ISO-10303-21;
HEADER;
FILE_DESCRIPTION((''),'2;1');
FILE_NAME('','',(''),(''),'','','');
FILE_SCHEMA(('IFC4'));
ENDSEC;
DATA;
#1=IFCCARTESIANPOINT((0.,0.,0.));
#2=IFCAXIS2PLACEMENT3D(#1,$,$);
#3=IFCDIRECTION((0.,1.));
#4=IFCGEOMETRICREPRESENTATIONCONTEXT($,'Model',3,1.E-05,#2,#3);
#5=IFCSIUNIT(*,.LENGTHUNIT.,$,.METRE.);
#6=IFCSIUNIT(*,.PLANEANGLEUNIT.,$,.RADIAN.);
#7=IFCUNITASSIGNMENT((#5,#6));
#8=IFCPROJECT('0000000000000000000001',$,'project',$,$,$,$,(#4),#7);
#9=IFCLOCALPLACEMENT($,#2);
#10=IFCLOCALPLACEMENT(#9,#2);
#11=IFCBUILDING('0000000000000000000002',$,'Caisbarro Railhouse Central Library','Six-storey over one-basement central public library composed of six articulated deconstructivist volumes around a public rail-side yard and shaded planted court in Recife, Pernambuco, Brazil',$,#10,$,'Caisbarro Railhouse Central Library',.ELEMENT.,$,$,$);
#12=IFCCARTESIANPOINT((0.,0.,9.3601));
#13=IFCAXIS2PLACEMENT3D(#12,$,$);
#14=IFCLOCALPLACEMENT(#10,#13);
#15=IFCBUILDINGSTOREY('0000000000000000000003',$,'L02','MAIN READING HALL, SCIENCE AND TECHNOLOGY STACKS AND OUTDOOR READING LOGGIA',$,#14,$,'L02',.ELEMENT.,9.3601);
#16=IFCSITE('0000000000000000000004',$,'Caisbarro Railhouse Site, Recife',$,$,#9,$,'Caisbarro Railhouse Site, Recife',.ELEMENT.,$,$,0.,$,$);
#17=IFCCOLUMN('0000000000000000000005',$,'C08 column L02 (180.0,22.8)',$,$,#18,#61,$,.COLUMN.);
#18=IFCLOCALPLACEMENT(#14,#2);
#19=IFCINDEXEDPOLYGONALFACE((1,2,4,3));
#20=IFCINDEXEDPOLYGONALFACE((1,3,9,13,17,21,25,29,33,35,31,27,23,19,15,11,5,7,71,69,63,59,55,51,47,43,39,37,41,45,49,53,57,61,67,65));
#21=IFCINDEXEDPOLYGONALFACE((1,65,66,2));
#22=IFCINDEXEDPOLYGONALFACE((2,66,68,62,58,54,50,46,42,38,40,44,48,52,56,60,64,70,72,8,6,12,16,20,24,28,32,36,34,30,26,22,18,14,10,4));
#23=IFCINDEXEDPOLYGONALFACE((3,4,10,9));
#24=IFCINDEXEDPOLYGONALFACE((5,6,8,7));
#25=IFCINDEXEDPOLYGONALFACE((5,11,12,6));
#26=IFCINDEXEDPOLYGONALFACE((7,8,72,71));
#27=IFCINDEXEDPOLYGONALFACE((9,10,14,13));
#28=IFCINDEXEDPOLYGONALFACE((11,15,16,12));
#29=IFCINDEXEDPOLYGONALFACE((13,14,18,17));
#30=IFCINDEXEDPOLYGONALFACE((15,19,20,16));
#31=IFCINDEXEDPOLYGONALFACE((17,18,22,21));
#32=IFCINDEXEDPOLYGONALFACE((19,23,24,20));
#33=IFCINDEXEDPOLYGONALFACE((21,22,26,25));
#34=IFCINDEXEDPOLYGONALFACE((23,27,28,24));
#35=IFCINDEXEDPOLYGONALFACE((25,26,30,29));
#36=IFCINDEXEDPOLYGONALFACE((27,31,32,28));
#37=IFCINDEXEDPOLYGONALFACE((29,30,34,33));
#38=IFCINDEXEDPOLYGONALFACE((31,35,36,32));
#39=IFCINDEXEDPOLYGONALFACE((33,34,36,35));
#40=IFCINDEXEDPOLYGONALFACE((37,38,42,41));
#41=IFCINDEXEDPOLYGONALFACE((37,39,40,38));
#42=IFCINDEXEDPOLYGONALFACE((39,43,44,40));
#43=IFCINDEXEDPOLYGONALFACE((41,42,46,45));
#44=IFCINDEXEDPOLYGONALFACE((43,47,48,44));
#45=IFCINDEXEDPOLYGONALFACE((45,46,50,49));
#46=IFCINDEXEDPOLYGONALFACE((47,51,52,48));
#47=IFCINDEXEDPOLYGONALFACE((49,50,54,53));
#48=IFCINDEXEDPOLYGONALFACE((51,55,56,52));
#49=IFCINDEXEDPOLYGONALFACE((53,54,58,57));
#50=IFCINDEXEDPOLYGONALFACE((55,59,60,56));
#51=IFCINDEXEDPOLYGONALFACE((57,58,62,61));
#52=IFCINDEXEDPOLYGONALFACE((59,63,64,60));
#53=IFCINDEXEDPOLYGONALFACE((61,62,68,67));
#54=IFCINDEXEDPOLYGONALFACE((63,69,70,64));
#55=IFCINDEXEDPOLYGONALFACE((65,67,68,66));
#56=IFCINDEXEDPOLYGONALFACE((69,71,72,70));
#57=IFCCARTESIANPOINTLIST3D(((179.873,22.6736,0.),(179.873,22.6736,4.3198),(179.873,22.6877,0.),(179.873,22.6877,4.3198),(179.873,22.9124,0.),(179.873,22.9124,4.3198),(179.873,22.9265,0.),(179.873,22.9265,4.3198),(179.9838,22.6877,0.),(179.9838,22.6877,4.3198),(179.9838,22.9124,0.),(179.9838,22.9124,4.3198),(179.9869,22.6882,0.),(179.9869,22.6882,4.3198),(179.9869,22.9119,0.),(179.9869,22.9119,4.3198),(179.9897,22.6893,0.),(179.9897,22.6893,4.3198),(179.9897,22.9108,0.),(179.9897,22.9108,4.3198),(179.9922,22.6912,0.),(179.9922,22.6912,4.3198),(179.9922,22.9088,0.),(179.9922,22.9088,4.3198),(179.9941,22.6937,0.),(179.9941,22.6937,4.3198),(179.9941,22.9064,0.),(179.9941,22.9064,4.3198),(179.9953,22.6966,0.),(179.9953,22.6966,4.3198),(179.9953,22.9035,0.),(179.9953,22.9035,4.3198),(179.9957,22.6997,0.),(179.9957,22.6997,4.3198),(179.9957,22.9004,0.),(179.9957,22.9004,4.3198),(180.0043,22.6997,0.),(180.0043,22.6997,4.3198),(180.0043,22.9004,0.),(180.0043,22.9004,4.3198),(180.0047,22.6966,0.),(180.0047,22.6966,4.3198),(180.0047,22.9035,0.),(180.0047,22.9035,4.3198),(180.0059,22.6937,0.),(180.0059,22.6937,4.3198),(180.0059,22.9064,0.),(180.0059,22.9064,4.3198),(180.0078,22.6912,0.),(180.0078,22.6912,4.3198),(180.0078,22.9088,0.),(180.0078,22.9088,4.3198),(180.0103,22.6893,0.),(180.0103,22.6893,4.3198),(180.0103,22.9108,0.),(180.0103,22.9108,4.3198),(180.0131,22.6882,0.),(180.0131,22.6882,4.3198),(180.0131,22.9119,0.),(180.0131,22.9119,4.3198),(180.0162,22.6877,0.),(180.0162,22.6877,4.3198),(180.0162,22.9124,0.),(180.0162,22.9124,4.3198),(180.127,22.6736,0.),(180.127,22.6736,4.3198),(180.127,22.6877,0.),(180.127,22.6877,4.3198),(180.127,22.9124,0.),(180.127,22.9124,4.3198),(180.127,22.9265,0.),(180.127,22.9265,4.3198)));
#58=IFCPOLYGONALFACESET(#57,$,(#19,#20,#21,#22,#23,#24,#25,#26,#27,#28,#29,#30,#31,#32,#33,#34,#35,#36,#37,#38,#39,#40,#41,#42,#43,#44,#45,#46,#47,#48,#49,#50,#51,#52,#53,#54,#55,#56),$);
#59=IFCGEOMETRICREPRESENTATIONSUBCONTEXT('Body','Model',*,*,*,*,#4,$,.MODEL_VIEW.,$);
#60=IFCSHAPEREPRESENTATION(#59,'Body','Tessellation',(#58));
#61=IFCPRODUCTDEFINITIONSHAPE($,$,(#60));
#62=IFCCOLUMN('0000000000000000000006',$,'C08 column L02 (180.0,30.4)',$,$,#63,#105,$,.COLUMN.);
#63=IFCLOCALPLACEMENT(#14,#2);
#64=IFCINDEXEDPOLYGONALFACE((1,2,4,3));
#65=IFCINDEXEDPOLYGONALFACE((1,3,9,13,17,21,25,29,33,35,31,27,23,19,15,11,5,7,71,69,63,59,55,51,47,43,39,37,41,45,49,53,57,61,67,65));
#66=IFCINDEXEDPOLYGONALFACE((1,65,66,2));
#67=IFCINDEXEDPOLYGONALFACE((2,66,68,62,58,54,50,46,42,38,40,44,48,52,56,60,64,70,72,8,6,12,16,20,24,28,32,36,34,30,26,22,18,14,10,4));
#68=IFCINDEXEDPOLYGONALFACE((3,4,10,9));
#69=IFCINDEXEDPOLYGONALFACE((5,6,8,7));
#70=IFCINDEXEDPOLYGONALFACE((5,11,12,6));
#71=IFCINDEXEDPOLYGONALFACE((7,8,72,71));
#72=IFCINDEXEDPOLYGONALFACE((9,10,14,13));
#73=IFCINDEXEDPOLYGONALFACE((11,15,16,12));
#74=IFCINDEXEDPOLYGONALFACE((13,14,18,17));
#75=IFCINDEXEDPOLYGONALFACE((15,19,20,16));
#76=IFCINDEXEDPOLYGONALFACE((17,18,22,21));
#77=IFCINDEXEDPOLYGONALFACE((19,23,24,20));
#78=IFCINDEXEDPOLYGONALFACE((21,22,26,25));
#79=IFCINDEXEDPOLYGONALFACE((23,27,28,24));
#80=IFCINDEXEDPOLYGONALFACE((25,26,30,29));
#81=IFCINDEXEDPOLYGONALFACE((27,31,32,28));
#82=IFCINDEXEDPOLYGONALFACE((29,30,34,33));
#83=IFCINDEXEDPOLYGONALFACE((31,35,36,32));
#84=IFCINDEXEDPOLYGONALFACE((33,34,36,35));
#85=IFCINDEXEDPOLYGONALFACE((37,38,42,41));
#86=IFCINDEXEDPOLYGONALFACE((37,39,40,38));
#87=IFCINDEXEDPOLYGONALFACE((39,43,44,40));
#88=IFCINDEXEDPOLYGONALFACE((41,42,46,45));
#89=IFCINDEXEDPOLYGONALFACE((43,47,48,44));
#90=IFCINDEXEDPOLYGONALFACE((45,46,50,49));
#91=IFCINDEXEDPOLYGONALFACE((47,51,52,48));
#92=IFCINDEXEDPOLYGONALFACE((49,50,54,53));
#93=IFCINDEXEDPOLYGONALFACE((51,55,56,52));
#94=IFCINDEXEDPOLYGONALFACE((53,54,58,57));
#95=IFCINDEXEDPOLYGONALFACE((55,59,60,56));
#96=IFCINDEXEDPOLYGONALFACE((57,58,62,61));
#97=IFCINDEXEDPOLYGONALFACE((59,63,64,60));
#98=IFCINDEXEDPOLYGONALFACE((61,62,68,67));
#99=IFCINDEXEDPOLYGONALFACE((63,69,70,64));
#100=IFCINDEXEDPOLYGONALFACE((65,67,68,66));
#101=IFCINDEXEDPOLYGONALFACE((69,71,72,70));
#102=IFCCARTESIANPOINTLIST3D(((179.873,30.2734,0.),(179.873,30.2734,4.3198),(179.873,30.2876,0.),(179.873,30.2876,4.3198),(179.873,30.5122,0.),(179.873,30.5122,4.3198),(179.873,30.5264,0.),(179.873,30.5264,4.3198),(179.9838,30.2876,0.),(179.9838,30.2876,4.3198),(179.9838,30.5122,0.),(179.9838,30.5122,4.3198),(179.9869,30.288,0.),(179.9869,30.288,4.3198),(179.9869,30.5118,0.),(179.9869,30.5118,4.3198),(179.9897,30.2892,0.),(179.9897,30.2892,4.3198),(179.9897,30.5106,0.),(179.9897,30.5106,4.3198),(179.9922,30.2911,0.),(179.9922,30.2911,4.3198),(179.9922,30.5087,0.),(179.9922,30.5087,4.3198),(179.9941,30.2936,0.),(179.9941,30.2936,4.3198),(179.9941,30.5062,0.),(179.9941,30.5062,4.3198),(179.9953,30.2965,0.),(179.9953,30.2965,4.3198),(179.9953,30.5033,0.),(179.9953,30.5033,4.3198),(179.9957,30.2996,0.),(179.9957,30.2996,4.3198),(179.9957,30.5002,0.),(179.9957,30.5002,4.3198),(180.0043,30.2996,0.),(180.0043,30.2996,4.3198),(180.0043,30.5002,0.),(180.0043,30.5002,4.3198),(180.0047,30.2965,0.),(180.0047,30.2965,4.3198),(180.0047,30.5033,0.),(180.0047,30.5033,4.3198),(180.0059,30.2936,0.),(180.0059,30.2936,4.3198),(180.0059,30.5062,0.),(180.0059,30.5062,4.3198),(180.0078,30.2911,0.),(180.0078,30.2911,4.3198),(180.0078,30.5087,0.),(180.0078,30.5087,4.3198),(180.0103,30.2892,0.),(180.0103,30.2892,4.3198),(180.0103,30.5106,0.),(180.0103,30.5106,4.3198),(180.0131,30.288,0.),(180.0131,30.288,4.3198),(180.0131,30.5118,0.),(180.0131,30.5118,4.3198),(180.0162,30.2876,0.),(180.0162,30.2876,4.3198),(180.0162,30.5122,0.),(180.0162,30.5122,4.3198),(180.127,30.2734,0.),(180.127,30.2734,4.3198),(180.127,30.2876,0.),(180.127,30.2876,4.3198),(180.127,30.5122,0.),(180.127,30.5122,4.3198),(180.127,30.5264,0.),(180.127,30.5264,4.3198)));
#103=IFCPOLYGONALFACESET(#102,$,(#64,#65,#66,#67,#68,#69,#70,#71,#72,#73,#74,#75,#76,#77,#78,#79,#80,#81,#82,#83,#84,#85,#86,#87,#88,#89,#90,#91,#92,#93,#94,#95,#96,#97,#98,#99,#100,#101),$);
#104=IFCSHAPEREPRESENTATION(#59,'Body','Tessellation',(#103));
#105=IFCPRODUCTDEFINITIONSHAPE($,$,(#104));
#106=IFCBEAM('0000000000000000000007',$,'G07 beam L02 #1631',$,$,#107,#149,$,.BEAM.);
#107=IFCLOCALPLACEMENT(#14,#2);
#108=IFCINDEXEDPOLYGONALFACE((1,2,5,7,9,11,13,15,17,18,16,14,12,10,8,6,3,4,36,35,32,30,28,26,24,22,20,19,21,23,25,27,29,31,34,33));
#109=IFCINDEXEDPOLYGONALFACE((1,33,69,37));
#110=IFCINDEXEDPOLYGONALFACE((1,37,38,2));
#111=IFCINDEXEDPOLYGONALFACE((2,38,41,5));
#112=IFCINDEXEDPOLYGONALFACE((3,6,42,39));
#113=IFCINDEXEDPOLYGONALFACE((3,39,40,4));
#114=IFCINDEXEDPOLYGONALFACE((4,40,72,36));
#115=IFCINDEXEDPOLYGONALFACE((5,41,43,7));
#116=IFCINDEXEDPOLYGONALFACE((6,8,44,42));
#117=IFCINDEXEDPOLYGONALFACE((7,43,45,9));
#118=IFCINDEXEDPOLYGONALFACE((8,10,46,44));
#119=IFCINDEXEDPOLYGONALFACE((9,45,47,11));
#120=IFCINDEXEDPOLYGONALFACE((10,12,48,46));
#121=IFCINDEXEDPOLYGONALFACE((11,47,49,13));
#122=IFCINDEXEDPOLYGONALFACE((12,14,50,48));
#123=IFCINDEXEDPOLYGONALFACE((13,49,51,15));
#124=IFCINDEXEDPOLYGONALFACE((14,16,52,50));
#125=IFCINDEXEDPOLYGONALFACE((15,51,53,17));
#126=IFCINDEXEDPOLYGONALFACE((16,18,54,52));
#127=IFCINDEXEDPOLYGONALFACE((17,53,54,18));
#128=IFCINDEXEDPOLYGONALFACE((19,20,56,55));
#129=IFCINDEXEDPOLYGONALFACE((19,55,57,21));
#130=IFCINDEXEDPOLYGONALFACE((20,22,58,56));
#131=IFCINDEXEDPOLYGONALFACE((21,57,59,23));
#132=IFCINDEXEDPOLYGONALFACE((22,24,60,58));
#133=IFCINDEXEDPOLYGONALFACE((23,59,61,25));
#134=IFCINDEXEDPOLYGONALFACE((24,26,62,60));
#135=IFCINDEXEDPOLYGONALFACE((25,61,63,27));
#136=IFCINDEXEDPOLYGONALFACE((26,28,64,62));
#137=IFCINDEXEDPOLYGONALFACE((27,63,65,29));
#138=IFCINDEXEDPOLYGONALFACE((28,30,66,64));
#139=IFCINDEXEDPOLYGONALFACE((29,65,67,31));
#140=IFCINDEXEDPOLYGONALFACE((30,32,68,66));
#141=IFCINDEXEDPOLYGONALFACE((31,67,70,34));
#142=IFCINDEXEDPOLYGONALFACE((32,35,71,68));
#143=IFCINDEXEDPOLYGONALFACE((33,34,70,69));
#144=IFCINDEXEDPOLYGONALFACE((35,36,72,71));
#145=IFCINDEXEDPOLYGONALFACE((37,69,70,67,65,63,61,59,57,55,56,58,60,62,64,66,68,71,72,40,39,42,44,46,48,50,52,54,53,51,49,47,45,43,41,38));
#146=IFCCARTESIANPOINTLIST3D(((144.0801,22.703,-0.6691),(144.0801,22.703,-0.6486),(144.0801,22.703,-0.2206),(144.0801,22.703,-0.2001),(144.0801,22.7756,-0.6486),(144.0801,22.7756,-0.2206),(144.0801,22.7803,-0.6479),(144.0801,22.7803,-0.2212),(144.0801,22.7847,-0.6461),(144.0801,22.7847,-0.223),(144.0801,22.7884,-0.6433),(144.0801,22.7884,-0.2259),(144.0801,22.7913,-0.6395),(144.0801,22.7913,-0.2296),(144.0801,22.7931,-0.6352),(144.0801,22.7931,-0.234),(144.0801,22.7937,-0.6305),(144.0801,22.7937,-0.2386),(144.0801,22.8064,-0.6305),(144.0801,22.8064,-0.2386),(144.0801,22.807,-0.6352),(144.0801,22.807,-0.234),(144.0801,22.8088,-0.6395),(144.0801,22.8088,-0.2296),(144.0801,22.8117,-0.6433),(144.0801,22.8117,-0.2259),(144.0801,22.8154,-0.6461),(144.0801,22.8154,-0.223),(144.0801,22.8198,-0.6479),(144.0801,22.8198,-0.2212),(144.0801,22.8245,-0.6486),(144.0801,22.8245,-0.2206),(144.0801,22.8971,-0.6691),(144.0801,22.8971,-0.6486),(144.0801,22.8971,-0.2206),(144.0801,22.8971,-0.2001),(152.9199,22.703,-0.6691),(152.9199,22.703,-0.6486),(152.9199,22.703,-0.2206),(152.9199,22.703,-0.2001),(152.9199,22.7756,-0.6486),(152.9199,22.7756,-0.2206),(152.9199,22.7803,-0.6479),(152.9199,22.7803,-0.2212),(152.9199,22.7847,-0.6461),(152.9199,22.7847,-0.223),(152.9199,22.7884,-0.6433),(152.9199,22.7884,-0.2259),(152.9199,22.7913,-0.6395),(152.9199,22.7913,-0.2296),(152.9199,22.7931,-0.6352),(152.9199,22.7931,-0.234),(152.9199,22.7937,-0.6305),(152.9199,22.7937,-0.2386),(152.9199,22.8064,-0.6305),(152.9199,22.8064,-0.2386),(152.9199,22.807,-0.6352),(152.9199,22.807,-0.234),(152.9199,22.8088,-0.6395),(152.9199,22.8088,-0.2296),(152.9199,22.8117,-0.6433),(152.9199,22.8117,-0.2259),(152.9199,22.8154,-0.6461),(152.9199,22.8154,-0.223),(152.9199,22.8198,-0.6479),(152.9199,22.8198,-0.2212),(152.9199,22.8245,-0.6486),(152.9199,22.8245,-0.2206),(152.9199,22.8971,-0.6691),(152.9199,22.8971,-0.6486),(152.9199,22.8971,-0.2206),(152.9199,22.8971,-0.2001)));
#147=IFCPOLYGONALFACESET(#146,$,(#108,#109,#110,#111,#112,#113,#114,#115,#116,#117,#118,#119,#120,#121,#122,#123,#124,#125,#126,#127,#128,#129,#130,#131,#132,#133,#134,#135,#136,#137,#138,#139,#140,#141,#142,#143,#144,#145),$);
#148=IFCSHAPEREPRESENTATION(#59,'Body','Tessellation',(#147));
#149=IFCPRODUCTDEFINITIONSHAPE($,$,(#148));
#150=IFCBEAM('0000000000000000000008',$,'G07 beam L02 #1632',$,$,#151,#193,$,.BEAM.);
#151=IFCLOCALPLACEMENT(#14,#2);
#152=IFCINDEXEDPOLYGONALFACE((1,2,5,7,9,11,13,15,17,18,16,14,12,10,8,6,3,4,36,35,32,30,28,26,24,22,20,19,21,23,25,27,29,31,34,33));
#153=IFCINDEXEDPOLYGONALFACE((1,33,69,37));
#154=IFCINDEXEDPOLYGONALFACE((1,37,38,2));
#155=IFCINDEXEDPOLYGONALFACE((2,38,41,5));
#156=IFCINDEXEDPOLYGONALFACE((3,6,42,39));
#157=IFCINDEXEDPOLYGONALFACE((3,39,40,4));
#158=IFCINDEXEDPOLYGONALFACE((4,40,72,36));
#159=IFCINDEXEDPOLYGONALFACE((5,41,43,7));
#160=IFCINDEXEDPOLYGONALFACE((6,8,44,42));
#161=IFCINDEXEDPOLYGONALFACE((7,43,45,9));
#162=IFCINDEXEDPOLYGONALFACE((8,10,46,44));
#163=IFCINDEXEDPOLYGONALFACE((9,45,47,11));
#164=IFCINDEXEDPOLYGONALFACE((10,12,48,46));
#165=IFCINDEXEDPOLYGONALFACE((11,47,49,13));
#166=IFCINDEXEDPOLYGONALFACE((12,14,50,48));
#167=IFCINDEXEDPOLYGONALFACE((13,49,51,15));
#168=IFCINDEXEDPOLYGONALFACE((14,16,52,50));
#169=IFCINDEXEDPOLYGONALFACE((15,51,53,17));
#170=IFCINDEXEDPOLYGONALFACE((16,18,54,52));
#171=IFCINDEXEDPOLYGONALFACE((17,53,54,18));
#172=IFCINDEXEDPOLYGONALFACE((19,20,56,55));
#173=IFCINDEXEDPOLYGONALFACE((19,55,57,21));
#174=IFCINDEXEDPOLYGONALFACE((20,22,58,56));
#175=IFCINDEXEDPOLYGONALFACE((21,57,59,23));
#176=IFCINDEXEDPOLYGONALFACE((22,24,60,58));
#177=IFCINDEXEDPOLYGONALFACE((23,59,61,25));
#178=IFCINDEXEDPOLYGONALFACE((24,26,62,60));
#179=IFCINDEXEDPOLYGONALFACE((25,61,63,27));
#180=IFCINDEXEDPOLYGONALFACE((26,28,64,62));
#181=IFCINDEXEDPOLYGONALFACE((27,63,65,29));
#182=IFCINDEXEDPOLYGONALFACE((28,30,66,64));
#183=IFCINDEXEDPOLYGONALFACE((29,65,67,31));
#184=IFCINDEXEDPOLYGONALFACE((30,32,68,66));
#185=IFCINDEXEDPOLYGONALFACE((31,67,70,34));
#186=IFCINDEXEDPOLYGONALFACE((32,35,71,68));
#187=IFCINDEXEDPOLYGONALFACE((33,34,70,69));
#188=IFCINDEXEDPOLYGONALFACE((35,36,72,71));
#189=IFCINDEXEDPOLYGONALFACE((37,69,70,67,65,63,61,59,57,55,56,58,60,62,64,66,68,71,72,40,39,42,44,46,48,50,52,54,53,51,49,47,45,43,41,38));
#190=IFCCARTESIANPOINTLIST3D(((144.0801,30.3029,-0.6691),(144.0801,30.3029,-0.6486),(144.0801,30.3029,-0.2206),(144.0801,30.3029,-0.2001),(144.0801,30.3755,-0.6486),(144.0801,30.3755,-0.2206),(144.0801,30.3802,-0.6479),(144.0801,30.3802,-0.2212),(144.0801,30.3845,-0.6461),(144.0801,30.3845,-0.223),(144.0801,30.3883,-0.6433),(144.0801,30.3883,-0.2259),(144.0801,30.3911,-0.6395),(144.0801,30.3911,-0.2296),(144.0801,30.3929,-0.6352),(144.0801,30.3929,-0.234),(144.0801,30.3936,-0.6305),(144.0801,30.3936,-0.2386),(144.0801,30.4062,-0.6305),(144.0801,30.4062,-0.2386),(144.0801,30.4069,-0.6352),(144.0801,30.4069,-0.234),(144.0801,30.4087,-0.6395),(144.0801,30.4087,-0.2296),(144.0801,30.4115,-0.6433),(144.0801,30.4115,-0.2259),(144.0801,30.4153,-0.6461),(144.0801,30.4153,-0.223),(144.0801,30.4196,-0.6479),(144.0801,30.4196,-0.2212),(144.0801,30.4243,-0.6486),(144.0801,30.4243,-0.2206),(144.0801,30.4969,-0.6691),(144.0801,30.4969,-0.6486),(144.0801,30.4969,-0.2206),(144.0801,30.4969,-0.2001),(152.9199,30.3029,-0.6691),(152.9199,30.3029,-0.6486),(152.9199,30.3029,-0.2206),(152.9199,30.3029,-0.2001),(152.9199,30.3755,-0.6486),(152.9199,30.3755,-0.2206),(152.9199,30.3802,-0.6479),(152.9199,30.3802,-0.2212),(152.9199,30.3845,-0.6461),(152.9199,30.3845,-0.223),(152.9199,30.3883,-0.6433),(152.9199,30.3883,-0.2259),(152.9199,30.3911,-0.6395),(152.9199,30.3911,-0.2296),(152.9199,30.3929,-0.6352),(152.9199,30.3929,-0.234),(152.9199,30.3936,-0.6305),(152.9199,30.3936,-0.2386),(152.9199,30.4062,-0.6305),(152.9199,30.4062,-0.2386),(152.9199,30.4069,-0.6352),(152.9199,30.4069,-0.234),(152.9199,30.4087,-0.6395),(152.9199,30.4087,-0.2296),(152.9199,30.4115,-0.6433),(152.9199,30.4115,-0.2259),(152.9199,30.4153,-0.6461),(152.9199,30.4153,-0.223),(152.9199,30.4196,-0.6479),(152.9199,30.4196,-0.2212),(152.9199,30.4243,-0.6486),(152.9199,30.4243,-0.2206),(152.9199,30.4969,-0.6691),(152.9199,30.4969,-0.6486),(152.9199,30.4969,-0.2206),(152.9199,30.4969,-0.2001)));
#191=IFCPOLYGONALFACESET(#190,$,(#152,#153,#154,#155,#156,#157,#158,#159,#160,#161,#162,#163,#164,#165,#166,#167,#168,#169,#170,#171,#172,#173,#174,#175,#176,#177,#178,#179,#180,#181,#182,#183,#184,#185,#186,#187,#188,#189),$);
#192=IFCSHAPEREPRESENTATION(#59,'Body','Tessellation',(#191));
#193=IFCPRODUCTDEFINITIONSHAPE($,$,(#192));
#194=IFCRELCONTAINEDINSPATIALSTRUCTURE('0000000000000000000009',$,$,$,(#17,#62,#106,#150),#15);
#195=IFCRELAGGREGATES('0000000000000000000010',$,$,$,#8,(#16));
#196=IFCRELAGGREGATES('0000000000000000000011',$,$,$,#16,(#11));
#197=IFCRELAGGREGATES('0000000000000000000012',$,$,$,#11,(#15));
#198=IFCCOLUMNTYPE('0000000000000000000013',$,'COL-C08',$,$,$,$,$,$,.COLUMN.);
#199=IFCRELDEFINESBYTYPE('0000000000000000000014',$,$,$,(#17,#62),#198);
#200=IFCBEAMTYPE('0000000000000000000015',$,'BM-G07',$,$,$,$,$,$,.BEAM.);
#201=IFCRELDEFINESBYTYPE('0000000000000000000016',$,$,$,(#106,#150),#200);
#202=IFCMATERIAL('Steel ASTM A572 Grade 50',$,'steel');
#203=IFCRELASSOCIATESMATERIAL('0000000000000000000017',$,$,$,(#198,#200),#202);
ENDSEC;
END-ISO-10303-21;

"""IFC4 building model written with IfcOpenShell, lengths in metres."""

from ifc_helpers import new_model, si_unit, direction, frame, origin, origin_2d, place, context, subcontext, project, spatial, i_section, extrude, material, material_profile, profile_set, type_object, element, save


model = new_model("IFC4")

# Units and contexts
model_context = context("Model", 3, precision=1e-05, world=origin(), true_north=direction((0.0, 1.0)))
body_context = subcontext(model_context, "Body", "Model", "MODEL_VIEW")
ifc_project = project(units=[si_unit("LENGTHUNIT", "METRE"), si_unit("PLANEANGLEUNIT", "RADIAN")], contexts=[model_context])

# Site, building, storey
site_placement = place(None, origin())
site = spatial("IfcSite", under=ifc_project, at=site_placement, Name="Caisbarro Railhouse Site, Recife", LongName="Caisbarro Railhouse Site, Recife", CompositionType="ELEMENT", RefElevation=0.0)
building_placement = place(site_placement, origin())
building = spatial("IfcBuilding", under=site, at=building_placement, Name="Caisbarro Railhouse Central Library", Description="Six-storey over one-basement central public library composed of six articulated deconstructivist volumes around a public rail-side yard and shaded planted court in Recife, Pernambuco, Brazil", LongName="Caisbarro Railhouse Central Library", CompositionType="ELEMENT")
storey_placement = place(building_placement, frame((0.0, 0.0, 9.3601)))
storey = spatial("IfcBuildingStorey", under=building, at=storey_placement, Name="L02", Description="MAIN READING HALL, SCIENCE AND TECHNOLOGY STACKS AND OUTDOOR READING LOGGIA", LongName="L02", CompositionType="ELEMENT", Elevation=9.3601)

# Columns
ifc_material_1 = material(Name="Steel ASTM A572 Grade 50", Category="steel")
ifc_material_profile_1 = material_profile(ifc_material_1, i_section(OverallWidth=0.2539, OverallDepth=0.2529, WebThickness=0.0085, FlangeThickness=0.0142, FilletRadius=0.012, at=origin_2d()), Name="W250X73.0")
ifc_profile_set_1 = profile_set([ifc_material_profile_1], Name="Steel ASTM A572 Grade 50")
column_type = type_object("IfcColumnType", Name="COL-C08", PredefinedType="COLUMN", material=ifc_profile_set_1)
for number, where, z_axis, x_axis, name in (
    (1, (180.0, 22.8, 0.0), (0.0, 0.0, 1.0), (1.0, 0.0, 0.0), "C08 column L02 (180.0,22.8)"),
    (2, (180.0, 30.3999, 0.0), (0.0, 0.0, 1.0), (1.0, 0.0, 0.0), "C08 column L02 (180.0,30.4)"),
):
    element("IfcColumn", number, at=place(storey_placement, frame(where, z_axis=z_axis, x_axis=x_axis)), inside=storey, type_object=column_type, Name=name, PredefinedType="COLUMN", context=body_context, shape_type="SweptSolid", body=[
        extrude(i_section(OverallWidth=0.2539, OverallDepth=0.2529, WebThickness=0.0085, FlangeThickness=0.0142, FilletRadius=0.012, at=origin_2d()), origin(), (0.0, 0.0, 1.0), 4.3198),
    ])

# Beams
ifc_material_profile_2 = material_profile(ifc_material_1, i_section(OverallWidth=0.1941, OverallDepth=0.469, WebThickness=0.0127, FlangeThickness=0.0205, FilletRadius=0.0181, at=origin_2d()), Name="W460X106.0")
ifc_profile_set_2 = profile_set([ifc_material_profile_2], Name="Steel ASTM A572 Grade 50")
beam_type_1 = type_object("IfcBeamType", Name="BM-G07", PredefinedType="BEAM", material=ifc_profile_set_2)
for number, where, z_axis, x_axis, name in (
    (3, (144.0801, 22.8, -0.4346), (1.0, 0.0, 0.0), (0.0, 1.0, 0.0), "G07 beam L02 #1631"),
    (4, (144.0801, 30.3999, -0.4346), (1.0, 0.0, 0.0), (0.0, 1.0, 0.0), "G07 beam L02 #1632"),
):
    element("IfcBeam", number, at=place(storey_placement, frame(where, z_axis=z_axis, x_axis=x_axis)), inside=storey, type_object=beam_type_1, Name=name, PredefinedType="BEAM", context=body_context, shape_type="SweptSolid", body=[
        extrude(i_section(OverallWidth=0.1941, OverallDepth=0.469, WebThickness=0.0127, FlangeThickness=0.0205, FilletRadius=0.0181, at=origin_2d()), origin(), (0.0, 0.0, 1.0), 8.8398),
    ])

save(model, "model.ifc")
